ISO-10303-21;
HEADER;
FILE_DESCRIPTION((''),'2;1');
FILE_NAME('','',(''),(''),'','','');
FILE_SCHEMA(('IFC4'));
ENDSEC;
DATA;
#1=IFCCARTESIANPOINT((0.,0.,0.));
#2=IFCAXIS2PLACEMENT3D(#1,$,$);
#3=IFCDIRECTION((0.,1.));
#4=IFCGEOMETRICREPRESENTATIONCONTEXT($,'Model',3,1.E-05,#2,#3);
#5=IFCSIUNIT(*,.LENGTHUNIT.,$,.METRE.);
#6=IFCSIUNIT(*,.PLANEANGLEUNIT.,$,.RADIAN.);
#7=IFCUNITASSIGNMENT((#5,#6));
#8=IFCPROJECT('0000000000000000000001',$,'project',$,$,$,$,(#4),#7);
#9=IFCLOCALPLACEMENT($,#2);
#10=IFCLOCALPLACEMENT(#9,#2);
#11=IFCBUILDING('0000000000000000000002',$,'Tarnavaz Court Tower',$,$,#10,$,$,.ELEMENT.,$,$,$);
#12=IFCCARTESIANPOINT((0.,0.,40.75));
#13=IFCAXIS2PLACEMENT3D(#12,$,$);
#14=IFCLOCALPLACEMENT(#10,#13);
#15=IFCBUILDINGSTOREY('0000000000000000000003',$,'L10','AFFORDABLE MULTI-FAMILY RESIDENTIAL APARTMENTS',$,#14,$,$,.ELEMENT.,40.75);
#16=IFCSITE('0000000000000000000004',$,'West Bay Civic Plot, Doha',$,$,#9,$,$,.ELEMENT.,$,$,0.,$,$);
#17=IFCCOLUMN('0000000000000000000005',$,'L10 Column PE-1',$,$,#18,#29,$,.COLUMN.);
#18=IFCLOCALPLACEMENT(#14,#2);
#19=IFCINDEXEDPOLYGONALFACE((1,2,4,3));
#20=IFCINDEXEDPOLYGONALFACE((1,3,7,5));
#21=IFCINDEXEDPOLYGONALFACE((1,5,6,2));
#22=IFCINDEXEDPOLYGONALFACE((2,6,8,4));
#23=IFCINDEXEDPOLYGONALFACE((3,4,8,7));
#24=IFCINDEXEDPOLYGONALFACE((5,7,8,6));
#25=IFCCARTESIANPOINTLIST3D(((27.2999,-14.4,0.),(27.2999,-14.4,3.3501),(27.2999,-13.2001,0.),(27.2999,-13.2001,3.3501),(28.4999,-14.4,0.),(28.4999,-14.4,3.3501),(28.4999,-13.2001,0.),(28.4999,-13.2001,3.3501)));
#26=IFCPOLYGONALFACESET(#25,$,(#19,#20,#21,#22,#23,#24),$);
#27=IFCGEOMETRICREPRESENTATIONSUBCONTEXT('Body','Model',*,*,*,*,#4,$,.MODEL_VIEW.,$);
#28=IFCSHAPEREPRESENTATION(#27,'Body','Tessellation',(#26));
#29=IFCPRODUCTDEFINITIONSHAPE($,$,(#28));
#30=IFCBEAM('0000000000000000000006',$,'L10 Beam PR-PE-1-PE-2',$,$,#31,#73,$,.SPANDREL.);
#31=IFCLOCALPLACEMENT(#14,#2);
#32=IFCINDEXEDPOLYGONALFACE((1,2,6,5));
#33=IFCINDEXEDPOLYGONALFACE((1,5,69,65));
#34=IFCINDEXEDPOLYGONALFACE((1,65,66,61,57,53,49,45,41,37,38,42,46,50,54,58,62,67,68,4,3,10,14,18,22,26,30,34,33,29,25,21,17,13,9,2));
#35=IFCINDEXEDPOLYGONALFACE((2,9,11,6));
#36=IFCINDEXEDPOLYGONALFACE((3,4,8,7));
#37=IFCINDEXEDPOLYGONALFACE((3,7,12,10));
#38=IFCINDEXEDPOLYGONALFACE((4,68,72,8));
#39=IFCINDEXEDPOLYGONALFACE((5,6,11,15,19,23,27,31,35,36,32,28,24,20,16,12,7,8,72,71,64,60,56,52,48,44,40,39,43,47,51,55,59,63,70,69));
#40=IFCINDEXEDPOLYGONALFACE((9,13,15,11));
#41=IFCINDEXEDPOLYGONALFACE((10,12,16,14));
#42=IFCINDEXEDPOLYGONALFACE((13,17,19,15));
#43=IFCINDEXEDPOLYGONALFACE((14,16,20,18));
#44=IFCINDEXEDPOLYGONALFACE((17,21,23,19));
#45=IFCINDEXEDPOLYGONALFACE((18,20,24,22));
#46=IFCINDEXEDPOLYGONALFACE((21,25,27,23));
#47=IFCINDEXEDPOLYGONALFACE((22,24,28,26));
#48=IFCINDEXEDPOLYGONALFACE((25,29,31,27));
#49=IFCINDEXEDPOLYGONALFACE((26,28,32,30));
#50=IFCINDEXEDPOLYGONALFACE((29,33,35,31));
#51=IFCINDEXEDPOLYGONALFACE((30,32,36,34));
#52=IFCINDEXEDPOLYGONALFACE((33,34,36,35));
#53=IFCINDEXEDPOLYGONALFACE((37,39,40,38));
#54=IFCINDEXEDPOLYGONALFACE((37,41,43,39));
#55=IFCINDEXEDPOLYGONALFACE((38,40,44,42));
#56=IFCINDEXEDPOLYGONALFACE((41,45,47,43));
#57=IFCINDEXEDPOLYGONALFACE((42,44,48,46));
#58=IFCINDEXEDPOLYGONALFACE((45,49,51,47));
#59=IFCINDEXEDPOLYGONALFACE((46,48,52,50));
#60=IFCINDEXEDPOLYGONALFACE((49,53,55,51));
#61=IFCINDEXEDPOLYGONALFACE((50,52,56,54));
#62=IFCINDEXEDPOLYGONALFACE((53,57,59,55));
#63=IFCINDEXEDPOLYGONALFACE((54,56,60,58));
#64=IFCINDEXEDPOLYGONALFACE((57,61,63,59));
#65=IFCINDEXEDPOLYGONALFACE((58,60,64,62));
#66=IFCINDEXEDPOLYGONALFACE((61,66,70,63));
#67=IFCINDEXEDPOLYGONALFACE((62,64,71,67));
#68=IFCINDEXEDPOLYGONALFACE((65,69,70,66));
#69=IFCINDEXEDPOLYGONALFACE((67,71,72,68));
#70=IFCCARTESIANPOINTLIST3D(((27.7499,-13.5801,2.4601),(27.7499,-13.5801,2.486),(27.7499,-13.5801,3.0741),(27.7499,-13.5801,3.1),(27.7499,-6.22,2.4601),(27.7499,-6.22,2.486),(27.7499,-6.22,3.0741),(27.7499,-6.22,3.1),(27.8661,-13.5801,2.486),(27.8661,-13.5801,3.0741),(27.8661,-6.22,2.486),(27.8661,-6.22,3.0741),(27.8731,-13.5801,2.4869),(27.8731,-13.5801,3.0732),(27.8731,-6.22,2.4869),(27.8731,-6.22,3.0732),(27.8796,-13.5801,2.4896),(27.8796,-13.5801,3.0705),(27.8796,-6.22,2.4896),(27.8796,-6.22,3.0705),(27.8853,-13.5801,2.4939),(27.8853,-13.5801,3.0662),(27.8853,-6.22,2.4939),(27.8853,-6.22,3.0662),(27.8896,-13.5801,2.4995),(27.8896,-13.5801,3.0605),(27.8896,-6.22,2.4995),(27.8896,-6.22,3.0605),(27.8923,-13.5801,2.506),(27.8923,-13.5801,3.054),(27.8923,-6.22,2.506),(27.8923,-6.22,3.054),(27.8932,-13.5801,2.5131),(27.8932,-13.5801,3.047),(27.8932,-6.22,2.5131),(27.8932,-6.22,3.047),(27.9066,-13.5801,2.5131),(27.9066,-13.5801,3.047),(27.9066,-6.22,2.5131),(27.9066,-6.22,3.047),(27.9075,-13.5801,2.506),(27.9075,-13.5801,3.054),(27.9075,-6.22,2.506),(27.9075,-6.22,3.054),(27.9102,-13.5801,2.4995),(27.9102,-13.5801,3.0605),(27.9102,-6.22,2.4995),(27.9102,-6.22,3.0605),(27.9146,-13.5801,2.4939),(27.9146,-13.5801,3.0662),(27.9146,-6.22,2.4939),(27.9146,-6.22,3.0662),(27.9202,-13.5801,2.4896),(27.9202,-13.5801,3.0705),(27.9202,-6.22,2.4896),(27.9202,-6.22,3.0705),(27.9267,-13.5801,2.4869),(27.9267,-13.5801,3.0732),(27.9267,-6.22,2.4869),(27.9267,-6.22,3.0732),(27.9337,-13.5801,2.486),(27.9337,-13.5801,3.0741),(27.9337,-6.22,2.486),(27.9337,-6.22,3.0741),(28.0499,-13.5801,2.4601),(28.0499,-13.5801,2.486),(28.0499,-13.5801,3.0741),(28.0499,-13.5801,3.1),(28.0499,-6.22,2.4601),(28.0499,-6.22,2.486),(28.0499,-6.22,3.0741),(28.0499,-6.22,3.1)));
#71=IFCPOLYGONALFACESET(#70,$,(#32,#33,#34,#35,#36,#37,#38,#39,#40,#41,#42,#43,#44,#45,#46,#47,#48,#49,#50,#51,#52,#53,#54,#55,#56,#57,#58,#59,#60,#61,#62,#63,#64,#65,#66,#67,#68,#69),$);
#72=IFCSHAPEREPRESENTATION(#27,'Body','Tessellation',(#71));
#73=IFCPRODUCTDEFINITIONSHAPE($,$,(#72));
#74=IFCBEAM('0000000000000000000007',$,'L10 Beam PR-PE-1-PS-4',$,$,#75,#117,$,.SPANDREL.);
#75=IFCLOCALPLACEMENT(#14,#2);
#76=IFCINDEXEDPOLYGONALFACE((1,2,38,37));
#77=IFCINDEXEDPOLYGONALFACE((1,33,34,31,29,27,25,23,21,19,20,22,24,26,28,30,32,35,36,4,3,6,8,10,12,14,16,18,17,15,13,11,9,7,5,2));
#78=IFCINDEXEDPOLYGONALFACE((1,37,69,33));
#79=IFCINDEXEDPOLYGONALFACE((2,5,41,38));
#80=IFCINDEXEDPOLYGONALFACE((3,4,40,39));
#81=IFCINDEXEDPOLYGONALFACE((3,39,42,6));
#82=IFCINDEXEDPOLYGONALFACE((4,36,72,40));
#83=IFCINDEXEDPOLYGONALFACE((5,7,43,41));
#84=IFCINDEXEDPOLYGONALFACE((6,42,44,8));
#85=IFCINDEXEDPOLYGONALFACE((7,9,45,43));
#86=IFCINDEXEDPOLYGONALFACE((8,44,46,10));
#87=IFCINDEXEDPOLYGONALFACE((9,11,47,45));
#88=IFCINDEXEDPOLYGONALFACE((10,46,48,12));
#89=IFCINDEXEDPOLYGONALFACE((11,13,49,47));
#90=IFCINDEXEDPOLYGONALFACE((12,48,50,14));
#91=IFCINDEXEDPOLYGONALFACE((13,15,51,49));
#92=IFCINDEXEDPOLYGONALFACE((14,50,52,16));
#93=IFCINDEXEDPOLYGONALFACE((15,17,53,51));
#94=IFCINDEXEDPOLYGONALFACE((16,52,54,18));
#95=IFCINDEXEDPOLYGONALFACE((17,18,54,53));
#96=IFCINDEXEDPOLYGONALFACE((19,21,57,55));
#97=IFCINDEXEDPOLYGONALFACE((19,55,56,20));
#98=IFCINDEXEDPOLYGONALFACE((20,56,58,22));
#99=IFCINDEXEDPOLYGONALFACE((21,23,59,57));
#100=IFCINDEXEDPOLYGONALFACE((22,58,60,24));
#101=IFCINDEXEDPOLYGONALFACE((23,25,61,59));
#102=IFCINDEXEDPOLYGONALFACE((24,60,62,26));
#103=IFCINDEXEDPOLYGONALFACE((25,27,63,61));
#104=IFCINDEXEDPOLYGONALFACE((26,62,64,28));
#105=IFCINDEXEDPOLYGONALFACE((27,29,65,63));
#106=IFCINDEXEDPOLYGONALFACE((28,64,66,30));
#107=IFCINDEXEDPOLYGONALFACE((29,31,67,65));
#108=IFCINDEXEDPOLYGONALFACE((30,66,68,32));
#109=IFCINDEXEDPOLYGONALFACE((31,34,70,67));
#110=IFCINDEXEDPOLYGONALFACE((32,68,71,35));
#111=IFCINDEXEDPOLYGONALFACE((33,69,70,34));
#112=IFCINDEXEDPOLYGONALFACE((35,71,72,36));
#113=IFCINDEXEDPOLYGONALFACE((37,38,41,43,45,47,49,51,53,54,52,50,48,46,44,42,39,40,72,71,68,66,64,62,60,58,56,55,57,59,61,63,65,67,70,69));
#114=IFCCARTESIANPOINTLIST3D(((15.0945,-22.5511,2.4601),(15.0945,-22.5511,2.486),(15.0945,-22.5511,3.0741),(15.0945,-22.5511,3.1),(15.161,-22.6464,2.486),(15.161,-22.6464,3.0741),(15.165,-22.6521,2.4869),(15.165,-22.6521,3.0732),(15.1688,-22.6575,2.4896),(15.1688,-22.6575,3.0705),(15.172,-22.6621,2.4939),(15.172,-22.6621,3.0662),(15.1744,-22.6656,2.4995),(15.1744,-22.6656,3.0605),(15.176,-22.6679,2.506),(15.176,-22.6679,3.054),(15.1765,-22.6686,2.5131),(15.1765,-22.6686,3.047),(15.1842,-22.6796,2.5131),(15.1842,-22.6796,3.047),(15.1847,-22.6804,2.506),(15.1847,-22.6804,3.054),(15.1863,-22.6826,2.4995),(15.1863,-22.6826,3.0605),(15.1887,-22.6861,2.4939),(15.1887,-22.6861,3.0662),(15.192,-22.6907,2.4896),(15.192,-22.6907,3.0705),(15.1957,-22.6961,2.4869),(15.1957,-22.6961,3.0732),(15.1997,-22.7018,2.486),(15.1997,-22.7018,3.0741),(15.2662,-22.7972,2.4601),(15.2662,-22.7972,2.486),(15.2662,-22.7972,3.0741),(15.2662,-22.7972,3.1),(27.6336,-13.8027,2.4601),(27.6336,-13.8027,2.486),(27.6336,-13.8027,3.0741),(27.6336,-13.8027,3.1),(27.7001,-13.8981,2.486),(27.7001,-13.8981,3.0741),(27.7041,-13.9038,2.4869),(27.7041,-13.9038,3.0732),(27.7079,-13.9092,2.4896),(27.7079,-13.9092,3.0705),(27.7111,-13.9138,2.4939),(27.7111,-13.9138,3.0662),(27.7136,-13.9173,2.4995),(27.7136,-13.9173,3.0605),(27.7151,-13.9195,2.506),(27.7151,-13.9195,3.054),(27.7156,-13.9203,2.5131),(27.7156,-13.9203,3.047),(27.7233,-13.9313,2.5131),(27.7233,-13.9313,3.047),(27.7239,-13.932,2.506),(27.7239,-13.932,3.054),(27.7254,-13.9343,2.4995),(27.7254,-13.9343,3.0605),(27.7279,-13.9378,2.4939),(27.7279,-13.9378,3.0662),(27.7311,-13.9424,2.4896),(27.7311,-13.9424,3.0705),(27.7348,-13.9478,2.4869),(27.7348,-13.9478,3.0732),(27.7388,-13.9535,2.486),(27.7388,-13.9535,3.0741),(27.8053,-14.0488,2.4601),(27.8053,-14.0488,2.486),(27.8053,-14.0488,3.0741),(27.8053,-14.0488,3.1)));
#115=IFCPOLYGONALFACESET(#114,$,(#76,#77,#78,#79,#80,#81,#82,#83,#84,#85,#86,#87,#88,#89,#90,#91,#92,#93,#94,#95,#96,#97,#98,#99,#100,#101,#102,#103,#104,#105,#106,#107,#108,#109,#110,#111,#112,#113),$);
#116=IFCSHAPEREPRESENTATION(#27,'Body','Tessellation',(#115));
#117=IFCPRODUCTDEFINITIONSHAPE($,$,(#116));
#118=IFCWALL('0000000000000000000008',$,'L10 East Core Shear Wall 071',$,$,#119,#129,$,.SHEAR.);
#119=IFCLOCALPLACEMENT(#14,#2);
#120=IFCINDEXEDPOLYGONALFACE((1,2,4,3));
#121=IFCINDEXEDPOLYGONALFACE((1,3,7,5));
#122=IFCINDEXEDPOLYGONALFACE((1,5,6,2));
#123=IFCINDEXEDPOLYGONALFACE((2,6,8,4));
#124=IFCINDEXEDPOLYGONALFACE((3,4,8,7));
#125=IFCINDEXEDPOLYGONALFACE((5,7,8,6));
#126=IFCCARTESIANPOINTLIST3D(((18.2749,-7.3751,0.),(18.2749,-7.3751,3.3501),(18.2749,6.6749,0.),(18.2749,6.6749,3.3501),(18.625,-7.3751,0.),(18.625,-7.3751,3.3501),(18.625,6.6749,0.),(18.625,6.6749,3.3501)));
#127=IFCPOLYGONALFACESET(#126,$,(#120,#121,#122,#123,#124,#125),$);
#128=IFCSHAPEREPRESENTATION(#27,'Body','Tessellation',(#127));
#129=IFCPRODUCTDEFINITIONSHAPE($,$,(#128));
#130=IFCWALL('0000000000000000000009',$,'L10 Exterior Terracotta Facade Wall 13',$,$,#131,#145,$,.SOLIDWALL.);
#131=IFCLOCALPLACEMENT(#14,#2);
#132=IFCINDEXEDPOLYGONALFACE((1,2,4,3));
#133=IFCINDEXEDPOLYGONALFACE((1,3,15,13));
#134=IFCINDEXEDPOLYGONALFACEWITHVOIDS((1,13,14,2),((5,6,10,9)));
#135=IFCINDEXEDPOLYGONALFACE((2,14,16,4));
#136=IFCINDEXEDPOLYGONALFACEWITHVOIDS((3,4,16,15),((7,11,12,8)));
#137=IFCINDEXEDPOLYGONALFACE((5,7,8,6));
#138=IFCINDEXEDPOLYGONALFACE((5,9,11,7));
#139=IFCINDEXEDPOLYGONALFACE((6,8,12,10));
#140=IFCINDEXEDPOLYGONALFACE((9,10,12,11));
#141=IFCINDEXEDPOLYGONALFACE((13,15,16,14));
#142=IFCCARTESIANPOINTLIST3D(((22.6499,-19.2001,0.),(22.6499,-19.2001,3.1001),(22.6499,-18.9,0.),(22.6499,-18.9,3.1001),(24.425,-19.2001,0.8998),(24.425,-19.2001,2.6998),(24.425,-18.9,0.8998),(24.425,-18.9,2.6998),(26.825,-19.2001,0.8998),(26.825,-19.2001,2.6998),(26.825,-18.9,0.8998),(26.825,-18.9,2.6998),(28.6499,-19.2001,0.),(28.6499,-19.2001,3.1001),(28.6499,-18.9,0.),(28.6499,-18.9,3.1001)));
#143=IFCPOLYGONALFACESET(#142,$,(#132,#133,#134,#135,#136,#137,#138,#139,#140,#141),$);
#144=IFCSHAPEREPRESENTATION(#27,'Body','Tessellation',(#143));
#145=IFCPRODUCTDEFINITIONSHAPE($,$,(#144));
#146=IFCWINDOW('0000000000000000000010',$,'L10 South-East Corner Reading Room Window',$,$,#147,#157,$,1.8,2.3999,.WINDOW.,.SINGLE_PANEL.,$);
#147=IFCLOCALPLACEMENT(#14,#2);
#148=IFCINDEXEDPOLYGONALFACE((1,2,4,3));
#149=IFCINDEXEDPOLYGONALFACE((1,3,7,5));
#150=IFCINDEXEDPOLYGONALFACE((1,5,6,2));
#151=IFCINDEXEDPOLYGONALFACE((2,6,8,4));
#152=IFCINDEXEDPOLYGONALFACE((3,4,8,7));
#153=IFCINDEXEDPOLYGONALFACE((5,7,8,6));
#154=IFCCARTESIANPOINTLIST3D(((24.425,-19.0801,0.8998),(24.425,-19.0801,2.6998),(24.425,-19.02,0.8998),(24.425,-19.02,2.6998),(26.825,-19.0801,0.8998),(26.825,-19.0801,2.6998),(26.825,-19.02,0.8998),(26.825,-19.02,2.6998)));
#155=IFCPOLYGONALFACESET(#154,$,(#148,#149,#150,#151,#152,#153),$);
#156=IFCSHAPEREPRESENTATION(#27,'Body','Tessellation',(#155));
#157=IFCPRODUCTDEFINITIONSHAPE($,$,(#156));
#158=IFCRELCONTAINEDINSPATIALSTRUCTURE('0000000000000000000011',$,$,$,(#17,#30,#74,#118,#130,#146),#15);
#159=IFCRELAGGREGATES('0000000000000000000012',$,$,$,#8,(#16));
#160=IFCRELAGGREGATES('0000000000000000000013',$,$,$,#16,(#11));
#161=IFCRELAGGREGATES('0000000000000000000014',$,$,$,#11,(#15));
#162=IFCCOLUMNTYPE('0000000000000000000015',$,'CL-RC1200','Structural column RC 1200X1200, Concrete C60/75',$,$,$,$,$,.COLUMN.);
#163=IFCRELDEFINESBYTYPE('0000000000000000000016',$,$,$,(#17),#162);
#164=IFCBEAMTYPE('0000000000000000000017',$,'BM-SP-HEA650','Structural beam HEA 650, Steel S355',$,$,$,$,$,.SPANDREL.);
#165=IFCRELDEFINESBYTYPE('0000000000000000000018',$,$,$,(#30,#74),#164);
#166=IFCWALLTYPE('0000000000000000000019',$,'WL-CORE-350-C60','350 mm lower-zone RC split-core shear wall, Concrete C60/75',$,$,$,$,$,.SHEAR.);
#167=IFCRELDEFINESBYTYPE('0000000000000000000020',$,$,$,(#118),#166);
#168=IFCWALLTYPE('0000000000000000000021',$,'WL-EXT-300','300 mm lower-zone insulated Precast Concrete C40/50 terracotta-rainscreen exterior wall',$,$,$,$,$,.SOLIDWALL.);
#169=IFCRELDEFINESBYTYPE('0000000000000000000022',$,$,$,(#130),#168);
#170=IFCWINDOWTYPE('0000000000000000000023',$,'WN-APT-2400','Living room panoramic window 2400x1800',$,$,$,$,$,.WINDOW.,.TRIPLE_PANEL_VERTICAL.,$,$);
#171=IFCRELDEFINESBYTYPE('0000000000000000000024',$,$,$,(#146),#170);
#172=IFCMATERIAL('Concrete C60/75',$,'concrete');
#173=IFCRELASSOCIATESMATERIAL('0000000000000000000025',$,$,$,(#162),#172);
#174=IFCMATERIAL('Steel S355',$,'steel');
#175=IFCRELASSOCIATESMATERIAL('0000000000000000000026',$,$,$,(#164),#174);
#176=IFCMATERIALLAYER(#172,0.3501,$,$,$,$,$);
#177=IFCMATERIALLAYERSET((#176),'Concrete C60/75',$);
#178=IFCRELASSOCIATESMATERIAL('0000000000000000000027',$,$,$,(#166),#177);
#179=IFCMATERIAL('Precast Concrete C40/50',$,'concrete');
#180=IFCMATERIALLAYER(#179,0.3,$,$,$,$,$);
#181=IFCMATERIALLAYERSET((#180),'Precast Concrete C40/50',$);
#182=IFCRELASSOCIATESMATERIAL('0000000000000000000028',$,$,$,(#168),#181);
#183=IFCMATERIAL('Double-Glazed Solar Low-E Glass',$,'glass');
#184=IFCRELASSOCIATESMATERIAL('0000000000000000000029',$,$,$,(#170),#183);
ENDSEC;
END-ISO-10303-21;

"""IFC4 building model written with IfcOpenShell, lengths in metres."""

from ifc_helpers import new_model, si_unit, direction, frame, frame_2d, origin, origin_2d, place, context, subcontext, project, spatial, rectangle, i_section, extrude, material, layer, layer_set, material_profile, profile_set, type_object, element, fill, save


model = new_model("IFC4")

# Units and contexts
model_context = context("Model", 3, precision=1e-05, world=origin(), true_north=direction((0.0, 1.0)))
body_context = subcontext(model_context, "Body", "Model", "MODEL_VIEW")
ifc_project = project(units=[si_unit("LENGTHUNIT", "METRE"), si_unit("PLANEANGLEUNIT", "RADIAN")], contexts=[model_context])

# Site, building, storey
site_placement = place(None, origin())
site = spatial("IfcSite", under=ifc_project, at=site_placement, Name="West Bay Civic Plot, Doha", CompositionType="ELEMENT", RefElevation=0.0)
building_placement = place(site_placement, origin())
building = spatial("IfcBuilding", under=site, at=building_placement, Name="Tarnavaz Court Tower", CompositionType="ELEMENT")
storey_placement = place(building_placement, frame((0.0, 0.0, 40.75)))
storey = spatial("IfcBuildingStorey", under=building, at=storey_placement, Name="L10", Description="AFFORDABLE MULTI-FAMILY RESIDENTIAL APARTMENTS", CompositionType="ELEMENT", Elevation=40.75)

# Column
ifc_material_1 = material(Name="Concrete C60/75", Category="concrete")
ifc_material_profile_1 = material_profile(ifc_material_1, rectangle(XDim=1.2, YDim=1.2, at=origin_2d()), Name="RC 1200X1200")
ifc_profile_set_1 = profile_set([ifc_material_profile_1], Name="Concrete C60/75")
column_type = type_object("IfcColumnType", Name="CL-RC1200", Description="Structural column RC 1200X1200, Concrete C60/75", PredefinedType="COLUMN", material=ifc_profile_set_1)
column_placement = place(storey_placement, frame((27.8999, -13.8, 0.0), z_axis=(0.0, 0.0, 1.0), x_axis=(1.0, 0.0, 0.0)))
element("IfcColumn", 1, at=column_placement, inside=storey, type_object=column_type, Name="L10 Column PE-1", PredefinedType="COLUMN", context=body_context, shape_type="SweptSolid", body=[
    extrude(rectangle(XDim=1.2, YDim=1.2, at=origin_2d()), origin(), (0.0, 0.0, 1.0), 3.3501),
])

# Beams
ifc_material_2 = material(Name="Steel S355", Category="steel")
ifc_material_profile_2 = material_profile(ifc_material_2, i_section(OverallWidth=0.3, OverallDepth=0.6399, WebThickness=0.0134, FlangeThickness=0.0259, FilletRadius=0.0271, at=origin_2d()), Name="HEA 650")
ifc_profile_set_2 = profile_set([ifc_material_profile_2], Name="Steel S355")
beam_type = type_object("IfcBeamType", Name="BM-SP-HEA650", Description="Structural beam HEA 650, Steel S355", PredefinedType="SPANDREL", material=ifc_profile_set_2)
beam_1_placement = place(storey_placement, frame((27.8999, -13.5801, 2.78), z_axis=(0.0, 1.0, 0.0), x_axis=(-1.0, 0.0, 0.0)))
element("IfcBeam", 2, at=beam_1_placement, inside=storey, type_object=beam_type, Name="L10 Beam PR-PE-1-PE-2", PredefinedType="SPANDREL", context=body_context, shape_type="SweptSolid", body=[
    extrude(i_section(OverallWidth=0.3, OverallDepth=0.6399, WebThickness=0.0134, FlangeThickness=0.0259, FilletRadius=0.0271, at=origin_2d()), origin(), (0.0, 0.0, 1.0), 7.3601),
])
beam_2_placement = place(storey_placement, frame((27.7195, -13.9258, 2.78), z_axis=(-0.820124, -0.572186, 0.0), x_axis=(0.572186, -0.820124, 0.0)))
element("IfcBeam", 3, at=beam_2_placement, inside=storey, type_object=beam_type, Name="L10 Beam PR-PE-1-PS-4", PredefinedType="SPANDREL", context=body_context, shape_type="SweptSolid", body=[
    extrude(i_section(OverallWidth=0.3, OverallDepth=0.6399, WebThickness=0.0134, FlangeThickness=0.0259, FilletRadius=0.0271, at=origin_2d()), origin(), (0.0, 0.0, 1.0), 15.2893),
])

# Wall
ifc_layer_1 = layer(ifc_material_1, 0.3501)
ifc_layer_set_1 = layer_set([ifc_layer_1], Name="Concrete C60/75")
wall_type_1 = type_object("IfcWallType", Name="WL-CORE-350-C60", Description="350 mm lower-zone RC split-core shear wall, Concrete C60/75", PredefinedType="SHEAR", material=ifc_layer_set_1)
wall_1_placement = place(storey_placement, frame((18.45, -7.375, 0.0), z_axis=(0.0, 0.0, 1.0), x_axis=(0.0, 1.0, 0.0)))
element("IfcWall", 4, at=wall_1_placement, inside=storey, type_object=wall_type_1, Name="L10 East Core Shear Wall 071", PredefinedType="SHEAR", context=body_context, shape_type="SweptSolid", body=[
    extrude(rectangle(XDim=14.05, YDim=0.3501, at=frame_2d((7.0249, 0.0))), origin(), (0.0, 0.0, 1.0), 3.3501),
])

# Wall, opening, window
ifc_material_3 = material(Name="Precast Concrete C40/50", Category="concrete")
ifc_layer_2 = layer(ifc_material_3, 0.3)
ifc_layer_set_2 = layer_set([ifc_layer_2], Name="Precast Concrete C40/50")
wall_type_2 = type_object("IfcWallType", Name="WL-EXT-300", Description="300 mm lower-zone insulated Precast Concrete C40/50 terracotta-rainscreen exterior wall", PredefinedType="SOLIDWALL", material=ifc_layer_set_2)
wall_2_placement = place(storey_placement, frame((28.6499, -19.05, 0.0), z_axis=(0.0, 0.0, 1.0), x_axis=(-1.0, 0.0, 0.0)))
wall_2 = element("IfcWall", 5, at=wall_2_placement, inside=storey, type_object=wall_type_2, Name="L10 Exterior Terracotta Facade Wall 13", PredefinedType="SOLIDWALL", context=body_context, shape_type="SweptSolid", body=[
    extrude(rectangle(XDim=6.0, YDim=0.3, at=frame_2d((3.0, 0.0))), origin(), (0.0, 0.0, 1.0), 3.1001),
])
opening_1_placement = place(wall_2_placement, frame((1.825, 0.0, 0.8999)))
opening_1 = element("IfcOpeningElement", 6, at=opening_1_placement, cuts=wall_2, PredefinedType="OPENING", context=body_context, shape_type="SweptSolid", body=[
    extrude(rectangle(XDim=2.3999, YDim=1.8, at=frame_2d((1.2, 0.8999))), frame((0.0, 0.1599, 0.0), z_axis=(0.0, -1.0, 0.0), x_axis=(1.0, 0.0, 0.0)), (0.0, 0.0, 1.0), 0.3201),
])
ifc_material_4 = material(Name="Double-Glazed Solar Low-E Glass", Category="glass")
window_type_1 = type_object("IfcWindowType", Name="WN-APT-2400", Description="Living room panoramic window 2400x1800", PartitioningType="TRIPLE_PANEL_VERTICAL", PredefinedType="WINDOW", material=ifc_material_4)
window_1_placement = place(opening_1_placement, origin())
window_1 = element("IfcWindow", 7, at=window_1_placement, inside=storey, type_object=window_type_1, Name="L10 South-East Corner Reading Room Window", OverallHeight=1.8, OverallWidth=2.3999, PartitioningType="SINGLE_PANEL", PredefinedType="WINDOW", context=body_context, shape_type="SweptSolid", body=[
    extrude(rectangle(XDim=2.3999, YDim=1.8, at=frame_2d((1.2, 0.8999))), frame((0.0, 0.03, 0.0), z_axis=(0.0, -1.0, 0.0), x_axis=(1.0, 0.0, 0.0)), (0.0, 0.0, 1.0), 0.0601),
])
fill(opening_1, window_1)

save(model, "model.ifc")
